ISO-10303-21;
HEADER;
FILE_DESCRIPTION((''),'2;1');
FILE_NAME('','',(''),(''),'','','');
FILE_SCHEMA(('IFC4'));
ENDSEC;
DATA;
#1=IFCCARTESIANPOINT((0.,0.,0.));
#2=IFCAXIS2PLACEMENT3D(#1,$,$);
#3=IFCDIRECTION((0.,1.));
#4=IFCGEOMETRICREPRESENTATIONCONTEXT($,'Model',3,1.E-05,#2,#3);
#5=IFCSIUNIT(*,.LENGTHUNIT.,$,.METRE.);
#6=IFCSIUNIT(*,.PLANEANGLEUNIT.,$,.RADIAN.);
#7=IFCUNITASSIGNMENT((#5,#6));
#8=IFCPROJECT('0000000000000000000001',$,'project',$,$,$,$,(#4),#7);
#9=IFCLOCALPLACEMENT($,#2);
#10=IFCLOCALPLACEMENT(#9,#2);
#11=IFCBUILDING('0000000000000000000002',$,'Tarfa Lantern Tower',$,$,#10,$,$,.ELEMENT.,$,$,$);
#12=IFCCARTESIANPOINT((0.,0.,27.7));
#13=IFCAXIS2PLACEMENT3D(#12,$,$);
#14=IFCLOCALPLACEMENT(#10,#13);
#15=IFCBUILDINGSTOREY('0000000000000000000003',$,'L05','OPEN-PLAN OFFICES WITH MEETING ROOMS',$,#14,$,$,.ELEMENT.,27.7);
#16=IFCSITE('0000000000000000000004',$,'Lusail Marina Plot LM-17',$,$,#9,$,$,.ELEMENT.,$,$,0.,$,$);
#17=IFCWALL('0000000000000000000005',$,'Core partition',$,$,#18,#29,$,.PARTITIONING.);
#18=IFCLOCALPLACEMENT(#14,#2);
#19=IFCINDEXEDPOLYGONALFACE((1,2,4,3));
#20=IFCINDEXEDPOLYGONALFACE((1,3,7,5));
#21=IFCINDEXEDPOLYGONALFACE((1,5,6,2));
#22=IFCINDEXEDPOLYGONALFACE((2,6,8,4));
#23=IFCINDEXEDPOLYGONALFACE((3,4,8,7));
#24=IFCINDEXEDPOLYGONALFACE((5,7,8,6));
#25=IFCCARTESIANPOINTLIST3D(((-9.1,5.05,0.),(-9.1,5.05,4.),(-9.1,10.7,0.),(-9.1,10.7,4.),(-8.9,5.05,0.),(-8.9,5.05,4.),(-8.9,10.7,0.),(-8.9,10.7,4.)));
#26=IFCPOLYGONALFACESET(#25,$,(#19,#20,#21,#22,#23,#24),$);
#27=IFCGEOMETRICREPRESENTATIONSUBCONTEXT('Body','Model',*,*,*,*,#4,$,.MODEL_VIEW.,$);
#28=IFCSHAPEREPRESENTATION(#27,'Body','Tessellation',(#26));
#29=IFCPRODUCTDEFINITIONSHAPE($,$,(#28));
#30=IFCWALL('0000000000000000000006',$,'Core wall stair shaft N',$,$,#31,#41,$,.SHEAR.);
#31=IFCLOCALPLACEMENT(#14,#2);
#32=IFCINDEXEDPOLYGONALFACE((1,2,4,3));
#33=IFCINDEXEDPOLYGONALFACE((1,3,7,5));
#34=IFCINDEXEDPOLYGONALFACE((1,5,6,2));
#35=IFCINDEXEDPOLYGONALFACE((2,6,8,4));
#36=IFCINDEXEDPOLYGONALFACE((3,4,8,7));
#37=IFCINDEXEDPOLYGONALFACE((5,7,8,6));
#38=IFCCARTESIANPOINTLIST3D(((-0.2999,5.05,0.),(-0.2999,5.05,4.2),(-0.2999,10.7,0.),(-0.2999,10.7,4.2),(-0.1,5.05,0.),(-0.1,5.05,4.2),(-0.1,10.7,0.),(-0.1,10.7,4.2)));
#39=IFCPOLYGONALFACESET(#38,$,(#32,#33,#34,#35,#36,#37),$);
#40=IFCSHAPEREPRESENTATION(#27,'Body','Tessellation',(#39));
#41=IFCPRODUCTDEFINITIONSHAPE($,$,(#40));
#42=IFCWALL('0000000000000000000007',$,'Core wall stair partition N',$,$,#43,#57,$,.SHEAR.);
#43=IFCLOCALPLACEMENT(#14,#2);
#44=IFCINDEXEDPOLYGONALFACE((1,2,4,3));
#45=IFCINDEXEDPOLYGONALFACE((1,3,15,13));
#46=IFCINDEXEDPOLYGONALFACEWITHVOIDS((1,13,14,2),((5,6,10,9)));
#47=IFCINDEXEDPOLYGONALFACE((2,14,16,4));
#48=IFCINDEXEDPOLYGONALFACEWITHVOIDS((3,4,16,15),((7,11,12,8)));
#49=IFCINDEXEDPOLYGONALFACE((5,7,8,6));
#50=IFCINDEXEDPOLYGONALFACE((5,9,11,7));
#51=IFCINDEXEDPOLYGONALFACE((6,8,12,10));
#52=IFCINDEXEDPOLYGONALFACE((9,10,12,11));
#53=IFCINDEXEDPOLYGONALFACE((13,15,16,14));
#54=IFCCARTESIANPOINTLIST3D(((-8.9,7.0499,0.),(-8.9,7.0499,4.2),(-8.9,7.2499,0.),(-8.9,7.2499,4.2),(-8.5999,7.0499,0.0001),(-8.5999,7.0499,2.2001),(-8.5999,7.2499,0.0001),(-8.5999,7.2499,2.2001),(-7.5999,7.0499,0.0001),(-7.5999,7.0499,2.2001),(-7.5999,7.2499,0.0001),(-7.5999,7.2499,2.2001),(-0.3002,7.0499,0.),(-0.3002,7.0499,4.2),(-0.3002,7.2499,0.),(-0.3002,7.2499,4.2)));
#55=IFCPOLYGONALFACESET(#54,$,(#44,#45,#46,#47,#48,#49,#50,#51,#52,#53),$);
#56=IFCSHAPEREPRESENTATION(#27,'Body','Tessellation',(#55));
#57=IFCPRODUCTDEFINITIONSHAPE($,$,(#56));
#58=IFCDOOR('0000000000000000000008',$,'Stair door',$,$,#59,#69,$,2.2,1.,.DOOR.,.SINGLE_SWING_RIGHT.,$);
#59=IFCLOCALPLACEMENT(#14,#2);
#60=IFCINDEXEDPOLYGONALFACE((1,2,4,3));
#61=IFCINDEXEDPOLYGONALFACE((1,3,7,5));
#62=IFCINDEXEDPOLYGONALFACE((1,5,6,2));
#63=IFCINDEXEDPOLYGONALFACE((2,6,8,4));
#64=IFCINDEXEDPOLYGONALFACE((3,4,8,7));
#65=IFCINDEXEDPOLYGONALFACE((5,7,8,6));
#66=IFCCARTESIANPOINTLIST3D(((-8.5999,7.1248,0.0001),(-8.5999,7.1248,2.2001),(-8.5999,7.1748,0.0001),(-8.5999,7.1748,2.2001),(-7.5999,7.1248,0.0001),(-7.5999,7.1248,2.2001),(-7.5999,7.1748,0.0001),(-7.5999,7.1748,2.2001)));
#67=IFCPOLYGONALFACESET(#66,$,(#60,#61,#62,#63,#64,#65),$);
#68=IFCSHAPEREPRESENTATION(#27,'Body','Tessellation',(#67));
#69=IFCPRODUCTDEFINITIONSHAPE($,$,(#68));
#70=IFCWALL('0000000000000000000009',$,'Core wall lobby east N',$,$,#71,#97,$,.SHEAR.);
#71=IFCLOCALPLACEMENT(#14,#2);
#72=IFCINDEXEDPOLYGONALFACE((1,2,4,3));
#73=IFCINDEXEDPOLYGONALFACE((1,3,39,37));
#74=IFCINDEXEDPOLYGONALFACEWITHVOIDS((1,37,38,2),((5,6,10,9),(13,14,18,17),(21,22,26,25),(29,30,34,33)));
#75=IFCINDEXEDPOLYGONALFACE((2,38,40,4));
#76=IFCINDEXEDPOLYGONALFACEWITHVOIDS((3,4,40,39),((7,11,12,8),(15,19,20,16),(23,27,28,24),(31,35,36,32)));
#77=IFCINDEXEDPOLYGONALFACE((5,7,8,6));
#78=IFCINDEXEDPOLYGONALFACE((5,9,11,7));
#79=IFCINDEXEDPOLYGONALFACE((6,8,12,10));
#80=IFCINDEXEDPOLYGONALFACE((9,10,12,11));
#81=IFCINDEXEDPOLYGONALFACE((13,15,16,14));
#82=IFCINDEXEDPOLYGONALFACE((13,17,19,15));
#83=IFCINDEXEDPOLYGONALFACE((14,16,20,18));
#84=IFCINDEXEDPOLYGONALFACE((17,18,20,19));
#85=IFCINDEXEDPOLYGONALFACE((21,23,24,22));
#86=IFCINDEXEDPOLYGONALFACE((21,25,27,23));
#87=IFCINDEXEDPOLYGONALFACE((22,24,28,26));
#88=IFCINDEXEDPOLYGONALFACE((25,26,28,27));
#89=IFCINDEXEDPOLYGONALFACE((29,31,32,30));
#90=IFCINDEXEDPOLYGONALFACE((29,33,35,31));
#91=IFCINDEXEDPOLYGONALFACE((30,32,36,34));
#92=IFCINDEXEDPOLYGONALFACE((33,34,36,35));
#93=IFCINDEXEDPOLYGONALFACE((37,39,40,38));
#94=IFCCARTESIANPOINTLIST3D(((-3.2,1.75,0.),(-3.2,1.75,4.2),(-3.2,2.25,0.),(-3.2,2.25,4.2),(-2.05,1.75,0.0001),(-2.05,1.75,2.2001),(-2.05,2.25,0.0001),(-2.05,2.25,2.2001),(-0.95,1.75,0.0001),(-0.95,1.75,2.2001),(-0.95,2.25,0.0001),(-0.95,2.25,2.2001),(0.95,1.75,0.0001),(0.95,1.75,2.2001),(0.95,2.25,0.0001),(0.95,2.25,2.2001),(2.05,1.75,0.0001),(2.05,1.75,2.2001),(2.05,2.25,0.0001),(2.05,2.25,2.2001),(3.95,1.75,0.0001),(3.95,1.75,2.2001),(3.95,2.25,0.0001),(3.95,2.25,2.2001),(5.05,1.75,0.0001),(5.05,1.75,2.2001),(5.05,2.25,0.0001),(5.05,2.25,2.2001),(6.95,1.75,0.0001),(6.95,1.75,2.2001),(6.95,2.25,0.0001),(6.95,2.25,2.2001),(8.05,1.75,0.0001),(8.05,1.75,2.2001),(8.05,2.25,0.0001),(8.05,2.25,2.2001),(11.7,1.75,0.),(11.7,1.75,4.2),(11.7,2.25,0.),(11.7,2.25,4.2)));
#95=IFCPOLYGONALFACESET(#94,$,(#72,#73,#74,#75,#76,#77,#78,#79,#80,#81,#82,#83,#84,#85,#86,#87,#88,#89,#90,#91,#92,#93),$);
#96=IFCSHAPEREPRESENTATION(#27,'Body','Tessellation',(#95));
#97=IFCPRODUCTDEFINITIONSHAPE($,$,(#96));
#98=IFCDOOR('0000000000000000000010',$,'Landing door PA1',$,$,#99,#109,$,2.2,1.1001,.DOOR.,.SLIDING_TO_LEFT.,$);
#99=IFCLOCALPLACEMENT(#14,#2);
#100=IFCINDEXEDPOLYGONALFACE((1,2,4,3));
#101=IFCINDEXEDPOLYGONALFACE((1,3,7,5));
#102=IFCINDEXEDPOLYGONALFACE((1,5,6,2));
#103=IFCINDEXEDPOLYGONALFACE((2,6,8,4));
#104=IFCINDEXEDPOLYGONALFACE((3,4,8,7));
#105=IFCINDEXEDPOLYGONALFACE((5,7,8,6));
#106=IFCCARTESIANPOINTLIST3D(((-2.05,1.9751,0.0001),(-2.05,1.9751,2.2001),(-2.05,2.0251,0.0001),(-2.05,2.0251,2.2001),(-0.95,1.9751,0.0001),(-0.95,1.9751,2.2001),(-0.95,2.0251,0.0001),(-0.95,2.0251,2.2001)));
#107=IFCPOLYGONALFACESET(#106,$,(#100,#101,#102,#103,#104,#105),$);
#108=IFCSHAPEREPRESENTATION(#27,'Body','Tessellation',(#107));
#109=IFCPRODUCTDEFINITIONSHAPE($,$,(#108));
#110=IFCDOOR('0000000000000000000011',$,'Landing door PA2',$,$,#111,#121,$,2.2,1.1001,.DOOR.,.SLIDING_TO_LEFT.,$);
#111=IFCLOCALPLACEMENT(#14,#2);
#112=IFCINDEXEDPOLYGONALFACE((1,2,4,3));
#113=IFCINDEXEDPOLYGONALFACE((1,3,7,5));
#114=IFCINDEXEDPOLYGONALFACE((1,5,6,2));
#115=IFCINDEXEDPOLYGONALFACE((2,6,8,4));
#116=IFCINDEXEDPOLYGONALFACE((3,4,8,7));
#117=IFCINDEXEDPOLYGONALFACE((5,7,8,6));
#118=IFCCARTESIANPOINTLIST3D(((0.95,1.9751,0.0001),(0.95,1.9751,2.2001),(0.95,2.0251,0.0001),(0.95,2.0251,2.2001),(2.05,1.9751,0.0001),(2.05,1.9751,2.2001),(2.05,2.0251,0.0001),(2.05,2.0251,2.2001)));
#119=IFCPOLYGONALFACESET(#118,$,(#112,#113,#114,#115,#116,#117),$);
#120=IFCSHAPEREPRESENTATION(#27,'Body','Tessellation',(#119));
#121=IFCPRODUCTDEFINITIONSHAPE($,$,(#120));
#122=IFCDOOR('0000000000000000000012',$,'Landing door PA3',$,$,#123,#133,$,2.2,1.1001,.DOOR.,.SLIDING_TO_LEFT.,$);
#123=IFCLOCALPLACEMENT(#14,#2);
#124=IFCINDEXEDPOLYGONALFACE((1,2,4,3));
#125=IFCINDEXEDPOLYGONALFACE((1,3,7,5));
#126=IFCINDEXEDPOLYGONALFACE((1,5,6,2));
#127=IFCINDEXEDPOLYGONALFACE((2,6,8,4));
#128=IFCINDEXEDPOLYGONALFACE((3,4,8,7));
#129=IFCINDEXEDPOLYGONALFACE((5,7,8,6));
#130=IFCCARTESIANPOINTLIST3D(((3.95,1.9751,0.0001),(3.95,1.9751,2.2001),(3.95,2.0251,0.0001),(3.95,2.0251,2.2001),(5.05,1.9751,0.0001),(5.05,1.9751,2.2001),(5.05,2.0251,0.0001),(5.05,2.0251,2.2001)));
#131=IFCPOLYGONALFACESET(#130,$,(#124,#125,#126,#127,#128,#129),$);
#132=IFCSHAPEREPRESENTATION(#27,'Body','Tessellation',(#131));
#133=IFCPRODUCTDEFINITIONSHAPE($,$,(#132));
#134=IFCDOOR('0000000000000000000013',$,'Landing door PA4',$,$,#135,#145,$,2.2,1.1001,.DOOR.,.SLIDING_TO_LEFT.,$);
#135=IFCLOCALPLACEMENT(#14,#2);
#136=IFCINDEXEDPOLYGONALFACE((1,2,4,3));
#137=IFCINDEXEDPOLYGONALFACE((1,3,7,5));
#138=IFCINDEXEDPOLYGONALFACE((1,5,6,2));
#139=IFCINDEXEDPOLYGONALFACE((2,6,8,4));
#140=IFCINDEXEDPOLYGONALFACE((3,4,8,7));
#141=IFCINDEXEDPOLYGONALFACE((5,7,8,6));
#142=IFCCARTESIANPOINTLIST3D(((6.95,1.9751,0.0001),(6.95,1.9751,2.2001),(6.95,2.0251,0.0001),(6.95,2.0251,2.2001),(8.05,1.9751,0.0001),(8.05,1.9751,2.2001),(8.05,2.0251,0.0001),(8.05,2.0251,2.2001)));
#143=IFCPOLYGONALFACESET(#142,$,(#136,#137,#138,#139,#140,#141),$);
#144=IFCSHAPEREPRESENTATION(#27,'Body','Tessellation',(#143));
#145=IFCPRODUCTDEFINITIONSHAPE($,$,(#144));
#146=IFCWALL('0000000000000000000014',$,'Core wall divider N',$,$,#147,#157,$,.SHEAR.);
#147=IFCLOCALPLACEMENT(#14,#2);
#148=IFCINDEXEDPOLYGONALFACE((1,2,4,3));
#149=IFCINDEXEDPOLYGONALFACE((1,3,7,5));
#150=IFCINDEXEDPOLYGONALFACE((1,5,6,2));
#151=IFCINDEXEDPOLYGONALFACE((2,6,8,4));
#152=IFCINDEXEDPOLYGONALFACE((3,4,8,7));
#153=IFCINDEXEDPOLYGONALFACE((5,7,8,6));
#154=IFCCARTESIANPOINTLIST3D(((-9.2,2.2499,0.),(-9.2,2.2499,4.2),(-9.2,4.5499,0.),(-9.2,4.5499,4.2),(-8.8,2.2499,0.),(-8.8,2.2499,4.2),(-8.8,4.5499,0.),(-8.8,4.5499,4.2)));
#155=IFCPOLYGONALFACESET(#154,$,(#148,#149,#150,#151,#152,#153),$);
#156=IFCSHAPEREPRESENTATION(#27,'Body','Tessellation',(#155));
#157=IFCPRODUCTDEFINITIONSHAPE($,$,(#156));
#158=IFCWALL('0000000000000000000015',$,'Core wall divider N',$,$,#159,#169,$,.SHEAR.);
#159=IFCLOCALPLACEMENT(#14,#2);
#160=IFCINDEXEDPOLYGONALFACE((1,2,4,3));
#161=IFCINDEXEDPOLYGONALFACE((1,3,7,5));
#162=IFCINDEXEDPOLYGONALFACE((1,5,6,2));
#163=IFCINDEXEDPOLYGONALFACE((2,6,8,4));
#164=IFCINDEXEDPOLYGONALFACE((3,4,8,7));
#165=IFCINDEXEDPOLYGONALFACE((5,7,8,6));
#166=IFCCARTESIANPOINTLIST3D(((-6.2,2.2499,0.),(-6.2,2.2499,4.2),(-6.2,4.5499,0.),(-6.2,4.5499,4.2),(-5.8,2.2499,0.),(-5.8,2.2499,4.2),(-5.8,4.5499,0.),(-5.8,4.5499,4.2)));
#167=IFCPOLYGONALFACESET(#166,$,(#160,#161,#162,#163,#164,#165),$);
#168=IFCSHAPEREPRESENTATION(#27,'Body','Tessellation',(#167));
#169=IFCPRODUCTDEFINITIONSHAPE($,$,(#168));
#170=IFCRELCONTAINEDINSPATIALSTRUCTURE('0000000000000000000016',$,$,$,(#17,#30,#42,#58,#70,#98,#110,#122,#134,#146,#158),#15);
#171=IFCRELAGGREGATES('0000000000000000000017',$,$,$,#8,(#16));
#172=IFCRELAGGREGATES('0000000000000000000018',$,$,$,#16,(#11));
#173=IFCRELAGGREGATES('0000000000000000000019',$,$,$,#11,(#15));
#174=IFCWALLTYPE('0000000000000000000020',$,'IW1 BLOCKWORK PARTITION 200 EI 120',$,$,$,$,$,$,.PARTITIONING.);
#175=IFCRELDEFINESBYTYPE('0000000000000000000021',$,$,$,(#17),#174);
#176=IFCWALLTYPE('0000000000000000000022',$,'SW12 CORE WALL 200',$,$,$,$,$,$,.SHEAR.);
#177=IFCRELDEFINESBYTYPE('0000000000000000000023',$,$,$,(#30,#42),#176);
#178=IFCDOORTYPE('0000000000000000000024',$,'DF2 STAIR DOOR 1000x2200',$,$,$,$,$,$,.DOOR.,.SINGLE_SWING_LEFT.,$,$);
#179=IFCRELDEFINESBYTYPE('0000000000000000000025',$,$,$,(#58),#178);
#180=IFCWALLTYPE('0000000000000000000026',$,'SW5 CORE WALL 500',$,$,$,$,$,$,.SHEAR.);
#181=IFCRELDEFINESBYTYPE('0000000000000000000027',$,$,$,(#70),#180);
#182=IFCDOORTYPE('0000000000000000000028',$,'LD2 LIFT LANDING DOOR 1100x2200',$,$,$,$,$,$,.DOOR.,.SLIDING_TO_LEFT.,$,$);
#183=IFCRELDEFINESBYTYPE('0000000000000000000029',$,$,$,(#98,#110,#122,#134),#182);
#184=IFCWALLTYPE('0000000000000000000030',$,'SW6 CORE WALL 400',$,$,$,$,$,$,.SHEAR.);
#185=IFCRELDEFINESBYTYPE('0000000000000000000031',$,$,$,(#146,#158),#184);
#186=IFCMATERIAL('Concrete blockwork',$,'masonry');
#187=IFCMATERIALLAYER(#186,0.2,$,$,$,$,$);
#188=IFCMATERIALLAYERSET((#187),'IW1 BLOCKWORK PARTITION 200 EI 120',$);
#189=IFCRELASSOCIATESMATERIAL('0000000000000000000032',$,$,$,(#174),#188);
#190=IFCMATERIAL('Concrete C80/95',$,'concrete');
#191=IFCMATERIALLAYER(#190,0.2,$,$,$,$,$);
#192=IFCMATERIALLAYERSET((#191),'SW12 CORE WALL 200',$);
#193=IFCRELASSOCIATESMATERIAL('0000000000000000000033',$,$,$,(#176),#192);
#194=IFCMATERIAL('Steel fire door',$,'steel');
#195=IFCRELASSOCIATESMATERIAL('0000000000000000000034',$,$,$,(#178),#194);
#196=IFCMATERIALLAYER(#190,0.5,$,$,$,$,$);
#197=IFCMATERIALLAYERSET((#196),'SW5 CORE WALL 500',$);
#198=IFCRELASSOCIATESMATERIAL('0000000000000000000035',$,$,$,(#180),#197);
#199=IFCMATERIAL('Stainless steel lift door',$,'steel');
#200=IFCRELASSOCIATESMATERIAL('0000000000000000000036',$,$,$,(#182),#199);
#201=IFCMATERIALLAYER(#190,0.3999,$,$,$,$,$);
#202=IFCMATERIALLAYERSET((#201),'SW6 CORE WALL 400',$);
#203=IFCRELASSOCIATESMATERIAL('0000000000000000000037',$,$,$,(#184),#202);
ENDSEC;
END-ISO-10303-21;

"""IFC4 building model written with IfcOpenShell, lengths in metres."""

from ifc_helpers import new_model, si_unit, direction, frame, frame_2d, origin, place, context, subcontext, project, spatial, rectangle, extrude, material, layer, layer_set, type_object, element, fill, save


model = new_model("IFC4")

# Units and contexts
model_context = context("Model", 3, precision=1e-05, world=origin(), true_north=direction((0.0, 1.0)))
body_context = subcontext(model_context, "Body", "Model", "MODEL_VIEW")
ifc_project = project(units=[si_unit("LENGTHUNIT", "METRE"), si_unit("PLANEANGLEUNIT", "RADIAN")], contexts=[model_context])

# Site, building, storey
site_placement = place(None, origin())
site = spatial("IfcSite", under=ifc_project, at=site_placement, Name="Lusail Marina Plot LM-17", CompositionType="ELEMENT", RefElevation=0.0)
building_placement = place(site_placement, origin())
building = spatial("IfcBuilding", under=site, at=building_placement, Name="Tarfa Lantern Tower", CompositionType="ELEMENT")
storey_placement = place(building_placement, frame((0.0, 0.0, 27.7)))
storey = spatial("IfcBuildingStorey", under=building, at=storey_placement, Name="L05", Description="OPEN-PLAN OFFICES WITH MEETING ROOMS", CompositionType="ELEMENT", Elevation=27.7)

# Walls
ifc_material_1 = material(Name="Concrete blockwork", Category="masonry")
ifc_layer_1 = layer(ifc_material_1, 0.2)
ifc_layer_set_1 = layer_set([ifc_layer_1], Name="IW1 BLOCKWORK PARTITION 200 EI 120")
wall_type_1 = type_object("IfcWallType", Name="IW1 BLOCKWORK PARTITION 200 EI 120", PredefinedType="PARTITIONING", material=ifc_layer_set_1)
wall_1_placement = place(storey_placement, frame((-9.0, 5.05, 0.0), z_axis=(0.0, 0.0, 1.0), x_axis=(0.0, 1.0, 0.0)))
element("IfcWall", 1, at=wall_1_placement, inside=storey, type_object=wall_type_1, Name="Core partition", PredefinedType="PARTITIONING", context=body_context, shape_type="SweptSolid", body=[
    extrude(rectangle(XDim=5.6499, YDim=0.2, at=frame_2d((2.825, 0.0))), origin(), (0.0, 0.0, 1.0), 4.0),
])
ifc_material_2 = material(Name="Concrete C80/95", Category="concrete")
ifc_layer_2 = layer(ifc_material_2, 0.2)
ifc_layer_set_2 = layer_set([ifc_layer_2], Name="SW12 CORE WALL 200")
wall_type_2 = type_object("IfcWallType", Name="SW12 CORE WALL 200", PredefinedType="SHEAR", material=ifc_layer_set_2)
wall_2_placement = place(storey_placement, frame((-0.2, 5.05, 0.0), z_axis=(0.0, 0.0, 1.0), x_axis=(0.0, 1.0, 0.0)))
element("IfcWall", 2, at=wall_2_placement, inside=storey, type_object=wall_type_2, Name="Core wall stair shaft N", PredefinedType="SHEAR", context=body_context, shape_type="SweptSolid", body=[
    extrude(rectangle(XDim=5.6499, YDim=0.2, at=frame_2d((2.825, 0.0))), origin(), (0.0, 0.0, 1.0), 4.2),
])

# Wall, opening, door
wall_3_placement = place(storey_placement, frame((-8.8999, 7.1499, 0.0), z_axis=(0.0, 0.0, 1.0), x_axis=(1.0, 0.0, 0.0)))
wall_3 = element("IfcWall", 3, at=wall_3_placement, inside=storey, type_object=wall_type_2, Name="Core wall stair partition N", PredefinedType="SHEAR", context=body_context, shape_type="SweptSolid", body=[
    extrude(rectangle(XDim=8.5999, YDim=0.2, at=frame_2d((4.2998, 0.0))), origin(), (0.0, 0.0, 1.0), 4.2),
])
opening_1_placement = place(wall_3_placement, frame((0.3, 0.0, 0.0)))
opening_1 = element("IfcOpeningElement", 4, at=opening_1_placement, cuts=wall_3, PredefinedType="OPENING", context=body_context, shape_type="SweptSolid", body=[
    extrude(rectangle(XDim=1.0, YDim=2.2, at=frame_2d((0.5, 1.1001))), frame((0.0, 0.1099, 0.0), z_axis=(0.0, -1.0, 0.0), x_axis=(1.0, 0.0, 0.0)), (0.0, 0.0, 1.0), 0.22),
])
ifc_material_3 = material(Name="Steel fire door", Category="steel")
door_type_1 = type_object("IfcDoorType", Name="DF2 STAIR DOOR 1000x2200", OperationType="SINGLE_SWING_LEFT", PredefinedType="DOOR", material=ifc_material_3)
door_1_placement = place(opening_1_placement, origin())
door_1 = element("IfcDoor", 5, at=door_1_placement, inside=storey, type_object=door_type_1, Name="Stair door", OperationType="SINGLE_SWING_RIGHT", OverallHeight=2.2, OverallWidth=1.0, PredefinedType="DOOR", context=body_context, shape_type="SweptSolid", body=[
    extrude(rectangle(XDim=1.0, YDim=2.2, at=frame_2d((0.5, 1.1001))), frame((0.0, 0.0249, 0.0), z_axis=(0.0, -1.0, 0.0), x_axis=(1.0, 0.0, 0.0)), (0.0, 0.0, 1.0), 0.05),
])
fill(opening_1, door_1)

# Wall, openings, doors
ifc_layer_3 = layer(ifc_material_2, 0.5)
ifc_layer_set_3 = layer_set([ifc_layer_3], Name="SW5 CORE WALL 500")
wall_type_3 = type_object("IfcWallType", Name="SW5 CORE WALL 500", PredefinedType="SHEAR", material=ifc_layer_set_3)
wall_4_placement = place(storey_placement, frame((-3.2, 2.0, 0.0), z_axis=(0.0, 0.0, 1.0), x_axis=(1.0, 0.0, 0.0)))
wall_4 = element("IfcWall", 6, at=wall_4_placement, inside=storey, type_object=wall_type_3, Name="Core wall lobby east N", PredefinedType="SHEAR", context=body_context, shape_type="SweptSolid", body=[
    extrude(rectangle(XDim=14.8999, YDim=0.5, at=frame_2d((7.45, 0.0))), origin(), (0.0, 0.0, 1.0), 4.2),
])
opening_2_placement = place(wall_4_placement, frame((1.1499, 0.0, 0.0)))
opening_2 = element("IfcOpeningElement", 7, at=opening_2_placement, cuts=wall_4, PredefinedType="OPENING", context=body_context, shape_type="SweptSolid", body=[
    extrude(rectangle(XDim=1.1001, YDim=2.2, at=frame_2d((0.55, 1.1001))), frame((0.0, 0.26, 0.0), z_axis=(0.0, -1.0, 0.0), x_axis=(1.0, 0.0, 0.0)), (0.0, 0.0, 1.0), 0.52),
])
opening_3_placement = place(wall_4_placement, frame((4.1499, 0.0, 0.0)))
opening_3 = element("IfcOpeningElement", 8, at=opening_3_placement, cuts=wall_4, PredefinedType="OPENING", context=body_context, shape_type="SweptSolid", body=[
    extrude(rectangle(XDim=1.1001, YDim=2.2, at=frame_2d((0.55, 1.1001))), frame((0.0, 0.26, 0.0), z_axis=(0.0, -1.0, 0.0), x_axis=(1.0, 0.0, 0.0)), (0.0, 0.0, 1.0), 0.52),
])
opening_4_placement = place(wall_4_placement, frame((7.1499, 0.0, 0.0)))
opening_4 = element("IfcOpeningElement", 9, at=opening_4_placement, cuts=wall_4, PredefinedType="OPENING", context=body_context, shape_type="SweptSolid", body=[
    extrude(rectangle(XDim=1.1001, YDim=2.2, at=frame_2d((0.55, 1.1001))), frame((0.0, 0.26, 0.0), z_axis=(0.0, -1.0, 0.0), x_axis=(1.0, 0.0, 0.0)), (0.0, 0.0, 1.0), 0.52),
])
opening_5_placement = place(wall_4_placement, frame((10.1499, 0.0, 0.0)))
opening_5 = element("IfcOpeningElement", 10, at=opening_5_placement, cuts=wall_4, PredefinedType="OPENING", context=body_context, shape_type="SweptSolid", body=[
    extrude(rectangle(XDim=1.1001, YDim=2.2, at=frame_2d((0.55, 1.1001))), frame((0.0, 0.26, 0.0), z_axis=(0.0, -1.0, 0.0), x_axis=(1.0, 0.0, 0.0)), (0.0, 0.0, 1.0), 0.52),
])
ifc_material_4 = material(Name="Stainless steel lift door", Category="steel")
door_type_2 = type_object("IfcDoorType", Name="LD2 LIFT LANDING DOOR 1100x2200", OperationType="SLIDING_TO_LEFT", PredefinedType="DOOR", material=ifc_material_4)
door_2_placement = place(opening_2_placement, frame((1.1001, 0.0, 0.0), z_axis=(0.0, 0.0, 1.0), x_axis=(-1.0, 0.0, 0.0)))
door_2 = element("IfcDoor", 11, at=door_2_placement, inside=storey, type_object=door_type_2, Name="Landing door PA1", OperationType="SLIDING_TO_LEFT", OverallHeight=2.2, OverallWidth=1.1001, PredefinedType="DOOR", context=body_context, shape_type="SweptSolid", body=[
    extrude(rectangle(XDim=1.1001, YDim=2.2, at=frame_2d((0.55, 1.1001))), frame((0.0, 0.0249, 0.0), z_axis=(0.0, -1.0, 0.0), x_axis=(1.0, 0.0, 0.0)), (0.0, 0.0, 1.0), 0.05),
])
fill(opening_2, door_2)
door_3_placement = place(opening_3_placement, frame((1.1001, 0.0, 0.0), z_axis=(0.0, 0.0, 1.0), x_axis=(-1.0, 0.0, 0.0)))
door_3 = element("IfcDoor", 12, at=door_3_placement, inside=storey, type_object=door_type_2, Name="Landing door PA2", OperationType="SLIDING_TO_LEFT", OverallHeight=2.2, OverallWidth=1.1001, PredefinedType="DOOR", context=body_context, shape_type="SweptSolid", body=[
    extrude(rectangle(XDim=1.1001, YDim=2.2, at=frame_2d((0.55, 1.1001))), frame((0.0, 0.0249, 0.0), z_axis=(0.0, -1.0, 0.0), x_axis=(1.0, 0.0, 0.0)), (0.0, 0.0, 1.0), 0.05),
])
fill(opening_3, door_3)
door_4_placement = place(opening_4_placement, frame((1.1001, 0.0, 0.0), z_axis=(0.0, 0.0, 1.0), x_axis=(-1.0, 0.0, 0.0)))
door_4 = element("IfcDoor", 13, at=door_4_placement, inside=storey, type_object=door_type_2, Name="Landing door PA3", OperationType="SLIDING_TO_LEFT", OverallHeight=2.2, OverallWidth=1.1001, PredefinedType="DOOR", context=body_context, shape_type="SweptSolid", body=[
    extrude(rectangle(XDim=1.1001, YDim=2.2, at=frame_2d((0.55, 1.1001))), frame((0.0, 0.0249, 0.0), z_axis=(0.0, -1.0, 0.0), x_axis=(1.0, 0.0, 0.0)), (0.0, 0.0, 1.0), 0.05),
])
fill(opening_4, door_4)
door_5_placement = place(opening_5_placement, frame((1.1001, 0.0, 0.0), z_axis=(0.0, 0.0, 1.0), x_axis=(-1.0, 0.0, 0.0)))
door_5 = element("IfcDoor", 14, at=door_5_placement, inside=storey, type_object=door_type_2, Name="Landing door PA4", OperationType="SLIDING_TO_LEFT", OverallHeight=2.2, OverallWidth=1.1001, PredefinedType="DOOR", context=body_context, shape_type="SweptSolid", body=[
    extrude(rectangle(XDim=1.1001, YDim=2.2, at=frame_2d((0.55, 1.1001))), frame((0.0, 0.0249, 0.0), z_axis=(0.0, -1.0, 0.0), x_axis=(1.0, 0.0, 0.0)), (0.0, 0.0, 1.0), 0.05),
])
fill(opening_5, door_5)

# Walls
ifc_layer_4 = layer(ifc_material_2, 0.3999)
ifc_layer_set_4 = layer_set([ifc_layer_4], Name="SW6 CORE WALL 400")
wall_type_4 = type_object("IfcWallType", Name="SW6 CORE WALL 400", PredefinedType="SHEAR", material=ifc_layer_set_4)
for number, where, z_axis, x_axis, name in (
    (15, (-9.0, 2.25, 0.0), (0.0, 0.0, 1.0), (0.0, 1.0, 0.0), "Core wall divider N"),
    (16, (-6.0, 2.25, 0.0), (0.0, 0.0, 1.0), (0.0, 1.0, 0.0), "Core wall divider N"),
):
    element("IfcWall", number, at=place(storey_placement, frame(where, z_axis=z_axis, x_axis=x_axis)), inside=storey, type_object=wall_type_4, Name=name, PredefinedType="SHEAR", context=body_context, shape_type="SweptSolid", body=[
        extrude(rectangle(XDim=2.3, YDim=0.3999, at=frame_2d((1.1499, 0.0))), origin(), (0.0, 0.0, 1.0), 4.2),
    ])

save(model, "model.ifc")
